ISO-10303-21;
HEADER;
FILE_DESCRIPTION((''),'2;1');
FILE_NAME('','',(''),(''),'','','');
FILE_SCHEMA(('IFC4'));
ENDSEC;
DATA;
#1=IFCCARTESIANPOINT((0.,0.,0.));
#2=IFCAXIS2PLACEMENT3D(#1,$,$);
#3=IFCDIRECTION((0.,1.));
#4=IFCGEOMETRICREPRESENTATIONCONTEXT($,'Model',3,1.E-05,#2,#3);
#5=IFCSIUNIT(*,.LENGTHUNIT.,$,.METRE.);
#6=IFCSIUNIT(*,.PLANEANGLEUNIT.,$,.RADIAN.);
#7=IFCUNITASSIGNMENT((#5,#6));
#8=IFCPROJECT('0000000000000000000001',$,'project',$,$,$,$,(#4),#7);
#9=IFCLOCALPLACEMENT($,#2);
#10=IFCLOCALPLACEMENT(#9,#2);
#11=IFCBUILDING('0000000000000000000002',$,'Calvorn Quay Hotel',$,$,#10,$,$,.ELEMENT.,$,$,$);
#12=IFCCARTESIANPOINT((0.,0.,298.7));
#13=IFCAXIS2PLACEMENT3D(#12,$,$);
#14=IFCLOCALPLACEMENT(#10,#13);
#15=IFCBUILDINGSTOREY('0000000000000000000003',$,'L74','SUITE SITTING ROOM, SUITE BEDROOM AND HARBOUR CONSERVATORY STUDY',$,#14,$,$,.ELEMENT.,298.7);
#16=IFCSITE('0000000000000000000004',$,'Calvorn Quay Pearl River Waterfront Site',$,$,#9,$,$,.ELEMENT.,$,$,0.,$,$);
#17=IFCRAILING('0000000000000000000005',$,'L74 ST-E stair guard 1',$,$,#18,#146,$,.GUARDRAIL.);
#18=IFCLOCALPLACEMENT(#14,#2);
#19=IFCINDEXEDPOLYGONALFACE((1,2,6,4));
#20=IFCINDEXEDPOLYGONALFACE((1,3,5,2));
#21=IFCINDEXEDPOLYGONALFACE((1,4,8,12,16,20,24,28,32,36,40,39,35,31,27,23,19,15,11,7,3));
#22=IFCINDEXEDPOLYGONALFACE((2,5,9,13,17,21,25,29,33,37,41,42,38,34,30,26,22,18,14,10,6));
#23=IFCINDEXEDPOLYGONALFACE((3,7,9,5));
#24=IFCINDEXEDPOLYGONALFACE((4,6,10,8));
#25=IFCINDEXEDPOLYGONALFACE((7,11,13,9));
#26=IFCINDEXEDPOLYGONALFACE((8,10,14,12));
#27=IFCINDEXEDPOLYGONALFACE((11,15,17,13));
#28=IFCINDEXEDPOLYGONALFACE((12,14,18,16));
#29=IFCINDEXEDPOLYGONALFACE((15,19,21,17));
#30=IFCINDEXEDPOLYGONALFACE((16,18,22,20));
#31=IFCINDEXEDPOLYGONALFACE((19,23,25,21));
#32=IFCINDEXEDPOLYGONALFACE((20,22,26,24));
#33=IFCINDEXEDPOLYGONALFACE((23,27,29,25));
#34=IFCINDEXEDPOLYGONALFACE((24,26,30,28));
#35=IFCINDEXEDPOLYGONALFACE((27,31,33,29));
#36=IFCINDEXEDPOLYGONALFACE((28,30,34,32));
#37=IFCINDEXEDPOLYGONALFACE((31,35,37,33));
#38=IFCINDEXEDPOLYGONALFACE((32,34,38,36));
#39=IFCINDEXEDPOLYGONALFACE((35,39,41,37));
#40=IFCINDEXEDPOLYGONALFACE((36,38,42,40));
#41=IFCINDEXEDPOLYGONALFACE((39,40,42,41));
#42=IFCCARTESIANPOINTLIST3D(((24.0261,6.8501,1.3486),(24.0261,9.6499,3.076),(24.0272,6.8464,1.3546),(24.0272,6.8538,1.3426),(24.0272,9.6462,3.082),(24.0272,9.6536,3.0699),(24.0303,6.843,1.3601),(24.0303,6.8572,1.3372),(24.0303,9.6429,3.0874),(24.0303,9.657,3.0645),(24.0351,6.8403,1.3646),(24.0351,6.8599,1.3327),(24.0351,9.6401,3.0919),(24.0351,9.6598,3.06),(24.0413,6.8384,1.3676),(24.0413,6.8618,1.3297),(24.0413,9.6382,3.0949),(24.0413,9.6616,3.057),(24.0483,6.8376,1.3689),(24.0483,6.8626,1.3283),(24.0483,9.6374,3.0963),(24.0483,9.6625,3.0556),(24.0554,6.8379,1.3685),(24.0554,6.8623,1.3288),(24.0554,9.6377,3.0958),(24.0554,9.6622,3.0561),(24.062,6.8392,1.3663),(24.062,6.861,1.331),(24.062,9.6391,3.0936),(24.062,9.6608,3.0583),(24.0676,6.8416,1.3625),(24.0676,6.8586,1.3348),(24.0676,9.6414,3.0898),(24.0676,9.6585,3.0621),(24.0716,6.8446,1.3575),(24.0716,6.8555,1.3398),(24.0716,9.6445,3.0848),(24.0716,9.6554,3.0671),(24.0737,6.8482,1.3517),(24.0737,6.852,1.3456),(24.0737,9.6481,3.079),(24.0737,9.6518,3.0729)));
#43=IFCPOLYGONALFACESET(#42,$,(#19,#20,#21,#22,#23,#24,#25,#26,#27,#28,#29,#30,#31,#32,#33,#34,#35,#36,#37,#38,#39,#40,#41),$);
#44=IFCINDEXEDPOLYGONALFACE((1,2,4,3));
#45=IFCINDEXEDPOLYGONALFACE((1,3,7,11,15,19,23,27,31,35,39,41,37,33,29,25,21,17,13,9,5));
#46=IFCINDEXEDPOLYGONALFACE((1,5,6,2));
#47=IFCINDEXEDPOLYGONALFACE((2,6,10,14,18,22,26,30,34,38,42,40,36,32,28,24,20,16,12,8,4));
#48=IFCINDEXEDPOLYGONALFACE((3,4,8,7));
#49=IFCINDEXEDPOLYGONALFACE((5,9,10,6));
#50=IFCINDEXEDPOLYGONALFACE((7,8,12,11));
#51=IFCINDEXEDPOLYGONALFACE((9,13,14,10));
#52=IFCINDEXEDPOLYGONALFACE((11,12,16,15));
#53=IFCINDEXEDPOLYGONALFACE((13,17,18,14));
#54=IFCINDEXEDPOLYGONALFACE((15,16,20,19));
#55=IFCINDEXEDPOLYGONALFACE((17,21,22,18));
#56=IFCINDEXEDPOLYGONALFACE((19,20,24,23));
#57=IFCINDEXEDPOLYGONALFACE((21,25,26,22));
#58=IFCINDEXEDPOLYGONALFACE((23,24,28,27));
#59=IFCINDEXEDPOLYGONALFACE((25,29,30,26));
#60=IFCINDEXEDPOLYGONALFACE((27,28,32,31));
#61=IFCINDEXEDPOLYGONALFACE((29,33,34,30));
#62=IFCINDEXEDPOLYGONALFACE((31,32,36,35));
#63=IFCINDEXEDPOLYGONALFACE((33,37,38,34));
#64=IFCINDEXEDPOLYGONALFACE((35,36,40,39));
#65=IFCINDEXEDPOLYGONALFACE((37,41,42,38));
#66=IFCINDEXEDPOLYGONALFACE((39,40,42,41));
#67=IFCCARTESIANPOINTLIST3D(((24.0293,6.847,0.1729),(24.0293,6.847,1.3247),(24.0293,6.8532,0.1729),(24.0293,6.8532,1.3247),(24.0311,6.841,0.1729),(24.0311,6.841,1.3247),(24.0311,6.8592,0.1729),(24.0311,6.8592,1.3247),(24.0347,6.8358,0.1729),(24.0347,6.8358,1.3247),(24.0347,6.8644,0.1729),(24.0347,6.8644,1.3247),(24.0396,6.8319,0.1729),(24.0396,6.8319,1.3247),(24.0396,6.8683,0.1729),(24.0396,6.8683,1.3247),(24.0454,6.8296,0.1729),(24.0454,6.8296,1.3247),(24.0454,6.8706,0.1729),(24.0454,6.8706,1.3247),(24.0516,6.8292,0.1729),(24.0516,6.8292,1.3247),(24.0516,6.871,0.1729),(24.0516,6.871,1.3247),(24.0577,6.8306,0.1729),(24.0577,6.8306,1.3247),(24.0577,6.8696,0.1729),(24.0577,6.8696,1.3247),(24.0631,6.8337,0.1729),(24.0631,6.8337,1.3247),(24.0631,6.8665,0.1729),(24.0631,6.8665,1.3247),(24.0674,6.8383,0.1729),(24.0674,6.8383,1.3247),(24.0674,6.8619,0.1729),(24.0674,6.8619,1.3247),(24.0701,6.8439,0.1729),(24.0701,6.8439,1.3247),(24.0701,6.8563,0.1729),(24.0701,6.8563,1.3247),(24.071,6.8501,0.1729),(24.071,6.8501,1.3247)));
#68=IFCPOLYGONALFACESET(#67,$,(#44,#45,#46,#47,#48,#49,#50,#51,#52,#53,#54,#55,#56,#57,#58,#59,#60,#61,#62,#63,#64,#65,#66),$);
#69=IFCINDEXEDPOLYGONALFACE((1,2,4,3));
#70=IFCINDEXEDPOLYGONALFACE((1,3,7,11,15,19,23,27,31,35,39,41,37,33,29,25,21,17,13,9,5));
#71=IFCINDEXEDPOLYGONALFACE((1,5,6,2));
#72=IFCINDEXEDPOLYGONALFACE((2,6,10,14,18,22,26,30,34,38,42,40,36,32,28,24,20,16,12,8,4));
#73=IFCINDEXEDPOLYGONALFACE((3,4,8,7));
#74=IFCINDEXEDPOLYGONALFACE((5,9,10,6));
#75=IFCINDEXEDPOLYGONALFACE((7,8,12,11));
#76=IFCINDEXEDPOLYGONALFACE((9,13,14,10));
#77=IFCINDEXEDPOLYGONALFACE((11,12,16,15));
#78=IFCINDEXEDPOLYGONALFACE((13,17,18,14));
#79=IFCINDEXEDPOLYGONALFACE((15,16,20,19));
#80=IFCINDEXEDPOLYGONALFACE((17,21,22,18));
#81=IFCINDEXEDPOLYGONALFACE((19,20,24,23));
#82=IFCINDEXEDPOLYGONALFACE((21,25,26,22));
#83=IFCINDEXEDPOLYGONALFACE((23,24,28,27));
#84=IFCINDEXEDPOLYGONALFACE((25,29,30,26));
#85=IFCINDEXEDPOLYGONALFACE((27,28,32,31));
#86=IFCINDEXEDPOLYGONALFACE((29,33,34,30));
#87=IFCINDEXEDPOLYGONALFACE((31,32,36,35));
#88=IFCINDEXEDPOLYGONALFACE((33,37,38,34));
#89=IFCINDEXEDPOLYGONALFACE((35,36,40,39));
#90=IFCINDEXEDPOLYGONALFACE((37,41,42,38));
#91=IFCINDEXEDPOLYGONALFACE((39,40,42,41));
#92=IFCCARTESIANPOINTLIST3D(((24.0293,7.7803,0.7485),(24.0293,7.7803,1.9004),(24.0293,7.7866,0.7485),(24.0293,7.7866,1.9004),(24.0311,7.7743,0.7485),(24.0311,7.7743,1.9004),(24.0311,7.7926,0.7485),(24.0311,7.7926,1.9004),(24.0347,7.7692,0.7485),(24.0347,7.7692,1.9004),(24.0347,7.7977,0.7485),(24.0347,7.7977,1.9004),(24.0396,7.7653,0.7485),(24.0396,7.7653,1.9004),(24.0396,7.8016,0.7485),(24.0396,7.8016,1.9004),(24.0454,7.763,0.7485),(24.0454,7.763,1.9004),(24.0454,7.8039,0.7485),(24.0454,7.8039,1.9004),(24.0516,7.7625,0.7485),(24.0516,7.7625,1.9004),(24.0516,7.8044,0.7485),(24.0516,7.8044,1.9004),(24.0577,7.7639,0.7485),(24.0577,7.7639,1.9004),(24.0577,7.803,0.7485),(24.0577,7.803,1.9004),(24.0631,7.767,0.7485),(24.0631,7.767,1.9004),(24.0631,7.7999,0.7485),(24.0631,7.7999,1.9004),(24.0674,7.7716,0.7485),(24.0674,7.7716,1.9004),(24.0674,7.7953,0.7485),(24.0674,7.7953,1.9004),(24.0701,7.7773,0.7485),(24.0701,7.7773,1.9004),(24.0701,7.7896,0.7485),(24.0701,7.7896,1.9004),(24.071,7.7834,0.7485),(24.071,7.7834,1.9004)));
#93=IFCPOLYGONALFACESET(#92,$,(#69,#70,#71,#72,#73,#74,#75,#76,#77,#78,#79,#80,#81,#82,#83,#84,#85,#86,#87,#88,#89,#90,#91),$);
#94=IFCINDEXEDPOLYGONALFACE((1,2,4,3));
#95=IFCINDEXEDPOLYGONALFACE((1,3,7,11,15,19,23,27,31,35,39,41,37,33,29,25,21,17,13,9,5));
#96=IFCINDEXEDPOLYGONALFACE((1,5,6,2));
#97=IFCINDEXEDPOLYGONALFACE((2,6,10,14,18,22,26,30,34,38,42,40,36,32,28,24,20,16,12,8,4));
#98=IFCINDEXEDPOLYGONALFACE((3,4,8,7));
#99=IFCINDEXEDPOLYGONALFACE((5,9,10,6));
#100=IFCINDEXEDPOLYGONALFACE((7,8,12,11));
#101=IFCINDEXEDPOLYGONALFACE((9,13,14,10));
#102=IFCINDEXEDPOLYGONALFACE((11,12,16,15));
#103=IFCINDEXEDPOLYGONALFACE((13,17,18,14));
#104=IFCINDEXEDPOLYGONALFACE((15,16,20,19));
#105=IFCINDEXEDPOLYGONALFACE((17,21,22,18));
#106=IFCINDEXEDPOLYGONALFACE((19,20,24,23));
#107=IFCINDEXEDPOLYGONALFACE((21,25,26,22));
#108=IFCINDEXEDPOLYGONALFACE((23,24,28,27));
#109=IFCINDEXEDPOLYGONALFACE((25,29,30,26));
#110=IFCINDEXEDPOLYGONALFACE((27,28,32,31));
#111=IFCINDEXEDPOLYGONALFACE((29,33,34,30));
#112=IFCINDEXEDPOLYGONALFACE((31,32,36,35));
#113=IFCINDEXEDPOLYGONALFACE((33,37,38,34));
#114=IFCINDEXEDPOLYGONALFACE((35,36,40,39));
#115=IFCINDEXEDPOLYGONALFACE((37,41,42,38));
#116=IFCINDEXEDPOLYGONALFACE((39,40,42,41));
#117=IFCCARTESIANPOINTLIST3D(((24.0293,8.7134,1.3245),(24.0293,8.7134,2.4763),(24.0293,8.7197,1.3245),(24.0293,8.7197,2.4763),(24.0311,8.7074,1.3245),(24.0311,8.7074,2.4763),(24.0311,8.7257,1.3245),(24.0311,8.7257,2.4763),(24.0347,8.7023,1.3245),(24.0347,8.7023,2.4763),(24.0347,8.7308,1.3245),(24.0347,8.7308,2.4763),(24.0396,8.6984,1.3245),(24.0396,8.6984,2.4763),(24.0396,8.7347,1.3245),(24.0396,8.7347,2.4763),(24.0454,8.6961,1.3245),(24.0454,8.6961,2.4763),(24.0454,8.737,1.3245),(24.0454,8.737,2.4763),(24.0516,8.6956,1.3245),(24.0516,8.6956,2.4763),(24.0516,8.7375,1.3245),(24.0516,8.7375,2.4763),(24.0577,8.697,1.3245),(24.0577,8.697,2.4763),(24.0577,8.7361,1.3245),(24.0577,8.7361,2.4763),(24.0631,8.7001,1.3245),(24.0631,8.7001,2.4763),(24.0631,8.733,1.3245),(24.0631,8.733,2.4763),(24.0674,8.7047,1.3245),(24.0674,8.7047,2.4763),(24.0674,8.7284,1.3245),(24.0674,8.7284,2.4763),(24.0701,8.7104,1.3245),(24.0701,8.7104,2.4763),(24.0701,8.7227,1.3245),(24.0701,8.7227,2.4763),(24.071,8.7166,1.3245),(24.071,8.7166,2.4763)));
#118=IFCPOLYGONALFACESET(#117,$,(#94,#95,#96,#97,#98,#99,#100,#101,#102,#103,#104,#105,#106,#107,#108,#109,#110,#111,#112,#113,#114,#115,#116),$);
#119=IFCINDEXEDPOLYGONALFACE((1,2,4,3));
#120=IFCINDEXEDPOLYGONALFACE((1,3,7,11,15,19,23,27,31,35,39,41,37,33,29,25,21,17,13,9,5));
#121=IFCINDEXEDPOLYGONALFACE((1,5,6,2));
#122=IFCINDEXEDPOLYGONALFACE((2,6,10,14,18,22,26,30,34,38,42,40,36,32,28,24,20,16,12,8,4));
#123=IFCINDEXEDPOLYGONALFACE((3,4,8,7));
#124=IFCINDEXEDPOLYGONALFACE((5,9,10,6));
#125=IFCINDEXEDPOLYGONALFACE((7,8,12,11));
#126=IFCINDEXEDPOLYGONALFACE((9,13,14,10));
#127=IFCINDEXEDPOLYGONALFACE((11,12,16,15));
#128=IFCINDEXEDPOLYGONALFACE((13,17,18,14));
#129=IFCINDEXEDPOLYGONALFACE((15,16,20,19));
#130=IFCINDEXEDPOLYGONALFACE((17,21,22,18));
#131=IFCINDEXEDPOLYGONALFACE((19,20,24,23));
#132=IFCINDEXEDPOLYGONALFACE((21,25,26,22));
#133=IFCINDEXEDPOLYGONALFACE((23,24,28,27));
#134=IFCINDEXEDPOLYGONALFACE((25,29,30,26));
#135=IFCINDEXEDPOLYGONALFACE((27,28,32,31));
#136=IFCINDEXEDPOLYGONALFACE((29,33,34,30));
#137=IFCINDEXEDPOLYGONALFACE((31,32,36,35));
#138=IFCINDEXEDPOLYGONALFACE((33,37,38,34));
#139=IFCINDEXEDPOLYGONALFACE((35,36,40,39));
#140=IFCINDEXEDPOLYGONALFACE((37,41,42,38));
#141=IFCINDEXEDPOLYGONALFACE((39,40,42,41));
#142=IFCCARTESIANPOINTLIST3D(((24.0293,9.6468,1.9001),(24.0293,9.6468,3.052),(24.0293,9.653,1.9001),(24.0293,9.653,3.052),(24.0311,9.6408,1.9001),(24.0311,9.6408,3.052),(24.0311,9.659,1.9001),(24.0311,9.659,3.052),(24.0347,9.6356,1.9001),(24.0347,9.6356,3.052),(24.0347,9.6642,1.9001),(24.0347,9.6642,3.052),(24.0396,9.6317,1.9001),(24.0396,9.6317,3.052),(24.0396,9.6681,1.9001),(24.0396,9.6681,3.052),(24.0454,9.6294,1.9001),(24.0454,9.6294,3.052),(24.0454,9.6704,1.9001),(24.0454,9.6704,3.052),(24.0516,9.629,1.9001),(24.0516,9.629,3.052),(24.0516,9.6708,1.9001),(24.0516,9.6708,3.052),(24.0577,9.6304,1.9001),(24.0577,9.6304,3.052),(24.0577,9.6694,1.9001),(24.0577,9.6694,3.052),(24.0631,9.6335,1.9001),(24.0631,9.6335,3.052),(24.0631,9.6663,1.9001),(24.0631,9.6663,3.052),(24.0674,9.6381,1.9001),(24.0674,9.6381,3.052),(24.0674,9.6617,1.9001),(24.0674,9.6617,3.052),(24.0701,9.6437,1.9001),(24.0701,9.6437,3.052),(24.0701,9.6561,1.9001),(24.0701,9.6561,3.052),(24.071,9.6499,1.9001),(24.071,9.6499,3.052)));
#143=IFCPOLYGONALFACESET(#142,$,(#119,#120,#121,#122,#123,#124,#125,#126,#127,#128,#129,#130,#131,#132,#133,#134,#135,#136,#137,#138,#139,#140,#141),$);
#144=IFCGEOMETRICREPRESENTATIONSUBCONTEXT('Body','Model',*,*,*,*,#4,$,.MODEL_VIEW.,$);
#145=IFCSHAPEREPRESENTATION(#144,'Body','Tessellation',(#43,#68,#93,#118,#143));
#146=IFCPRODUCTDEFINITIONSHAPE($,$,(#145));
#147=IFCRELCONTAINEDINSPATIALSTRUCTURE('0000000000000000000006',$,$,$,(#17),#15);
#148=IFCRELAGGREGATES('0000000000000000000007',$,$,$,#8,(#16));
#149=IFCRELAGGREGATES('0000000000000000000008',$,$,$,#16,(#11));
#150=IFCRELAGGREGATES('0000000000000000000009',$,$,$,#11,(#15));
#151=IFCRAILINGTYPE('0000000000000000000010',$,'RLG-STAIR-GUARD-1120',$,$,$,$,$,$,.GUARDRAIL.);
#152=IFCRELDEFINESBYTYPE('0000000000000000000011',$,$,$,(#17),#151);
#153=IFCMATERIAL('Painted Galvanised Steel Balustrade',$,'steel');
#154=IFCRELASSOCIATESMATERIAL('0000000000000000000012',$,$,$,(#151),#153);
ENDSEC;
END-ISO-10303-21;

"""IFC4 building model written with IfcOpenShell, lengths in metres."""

from ifc_helpers import new_model, si_unit, direction, frame, origin, origin_2d, place, context, subcontext, project, spatial, circle, extrude, material, type_object, element, save


model = new_model("IFC4")

# Units and contexts
model_context = context("Model", 3, precision=1e-05, world=origin(), true_north=direction((0.0, 1.0)))
body_context = subcontext(model_context, "Body", "Model", "MODEL_VIEW")
ifc_project = project(units=[si_unit("LENGTHUNIT", "METRE"), si_unit("PLANEANGLEUNIT", "RADIAN")], contexts=[model_context])

# Site, building, storey
site_placement = place(None, origin())
site = spatial("IfcSite", under=ifc_project, at=site_placement, Name="Calvorn Quay Pearl River Waterfront Site", CompositionType="ELEMENT", RefElevation=0.0)
building_placement = place(site_placement, origin())
building = spatial("IfcBuilding", under=site, at=building_placement, Name="Calvorn Quay Hotel", CompositionType="ELEMENT")
storey_placement = place(building_placement, frame((0.0, 0.0, 298.7)))
storey = spatial("IfcBuildingStorey", under=building, at=storey_placement, Name="L74", Description="SUITE SITTING ROOM, SUITE BEDROOM AND HARBOUR CONSERVATORY STUDY", CompositionType="ELEMENT", Elevation=298.7)

# Railing
ifc_material_1 = material(Name="Painted Galvanised Steel Balustrade", Category="steel")
railing_type_1 = type_object("IfcRailingType", Name="RLG-STAIR-GUARD-1120", PredefinedType="GUARDRAIL", material=ifc_material_1)
railing_1_placement = place(storey_placement, frame((24.05, 6.8501, 0.1729)))
element("IfcRailing", 1, at=railing_1_placement, inside=storey, type_object=railing_type_1, Name="L74 ST-E stair guard 1", PredefinedType="GUARDRAIL", context=body_context, shape_type="SweptSolid", body=[
    extrude(circle(Radius=0.0239, at=origin_2d()), frame((0.0, 0.0, 1.1758), z_axis=(0.0, 0.851069, 0.525054), x_axis=(-1.0, 0.0, 0.0)), (0.0, 0.0, 1.0), 3.2898),
    extrude(circle(Radius=0.021, at=origin_2d()), origin(), (0.0, 0.0, 1.0), 1.1519),
    extrude(circle(Radius=0.021, at=origin_2d()), frame((0.0, 0.9333, 0.5757)), (0.0, 0.0, 1.0), 1.1519),
    extrude(circle(Radius=0.021, at=origin_2d()), frame((0.0, 1.8665, 1.1516)), (0.0, 0.0, 1.0), 1.1519),
    extrude(circle(Radius=0.021, at=origin_2d()), frame((0.0, 2.7998, 1.7273)), (0.0, 0.0, 1.0), 1.1519),
])

save(model, "model.ifc")
